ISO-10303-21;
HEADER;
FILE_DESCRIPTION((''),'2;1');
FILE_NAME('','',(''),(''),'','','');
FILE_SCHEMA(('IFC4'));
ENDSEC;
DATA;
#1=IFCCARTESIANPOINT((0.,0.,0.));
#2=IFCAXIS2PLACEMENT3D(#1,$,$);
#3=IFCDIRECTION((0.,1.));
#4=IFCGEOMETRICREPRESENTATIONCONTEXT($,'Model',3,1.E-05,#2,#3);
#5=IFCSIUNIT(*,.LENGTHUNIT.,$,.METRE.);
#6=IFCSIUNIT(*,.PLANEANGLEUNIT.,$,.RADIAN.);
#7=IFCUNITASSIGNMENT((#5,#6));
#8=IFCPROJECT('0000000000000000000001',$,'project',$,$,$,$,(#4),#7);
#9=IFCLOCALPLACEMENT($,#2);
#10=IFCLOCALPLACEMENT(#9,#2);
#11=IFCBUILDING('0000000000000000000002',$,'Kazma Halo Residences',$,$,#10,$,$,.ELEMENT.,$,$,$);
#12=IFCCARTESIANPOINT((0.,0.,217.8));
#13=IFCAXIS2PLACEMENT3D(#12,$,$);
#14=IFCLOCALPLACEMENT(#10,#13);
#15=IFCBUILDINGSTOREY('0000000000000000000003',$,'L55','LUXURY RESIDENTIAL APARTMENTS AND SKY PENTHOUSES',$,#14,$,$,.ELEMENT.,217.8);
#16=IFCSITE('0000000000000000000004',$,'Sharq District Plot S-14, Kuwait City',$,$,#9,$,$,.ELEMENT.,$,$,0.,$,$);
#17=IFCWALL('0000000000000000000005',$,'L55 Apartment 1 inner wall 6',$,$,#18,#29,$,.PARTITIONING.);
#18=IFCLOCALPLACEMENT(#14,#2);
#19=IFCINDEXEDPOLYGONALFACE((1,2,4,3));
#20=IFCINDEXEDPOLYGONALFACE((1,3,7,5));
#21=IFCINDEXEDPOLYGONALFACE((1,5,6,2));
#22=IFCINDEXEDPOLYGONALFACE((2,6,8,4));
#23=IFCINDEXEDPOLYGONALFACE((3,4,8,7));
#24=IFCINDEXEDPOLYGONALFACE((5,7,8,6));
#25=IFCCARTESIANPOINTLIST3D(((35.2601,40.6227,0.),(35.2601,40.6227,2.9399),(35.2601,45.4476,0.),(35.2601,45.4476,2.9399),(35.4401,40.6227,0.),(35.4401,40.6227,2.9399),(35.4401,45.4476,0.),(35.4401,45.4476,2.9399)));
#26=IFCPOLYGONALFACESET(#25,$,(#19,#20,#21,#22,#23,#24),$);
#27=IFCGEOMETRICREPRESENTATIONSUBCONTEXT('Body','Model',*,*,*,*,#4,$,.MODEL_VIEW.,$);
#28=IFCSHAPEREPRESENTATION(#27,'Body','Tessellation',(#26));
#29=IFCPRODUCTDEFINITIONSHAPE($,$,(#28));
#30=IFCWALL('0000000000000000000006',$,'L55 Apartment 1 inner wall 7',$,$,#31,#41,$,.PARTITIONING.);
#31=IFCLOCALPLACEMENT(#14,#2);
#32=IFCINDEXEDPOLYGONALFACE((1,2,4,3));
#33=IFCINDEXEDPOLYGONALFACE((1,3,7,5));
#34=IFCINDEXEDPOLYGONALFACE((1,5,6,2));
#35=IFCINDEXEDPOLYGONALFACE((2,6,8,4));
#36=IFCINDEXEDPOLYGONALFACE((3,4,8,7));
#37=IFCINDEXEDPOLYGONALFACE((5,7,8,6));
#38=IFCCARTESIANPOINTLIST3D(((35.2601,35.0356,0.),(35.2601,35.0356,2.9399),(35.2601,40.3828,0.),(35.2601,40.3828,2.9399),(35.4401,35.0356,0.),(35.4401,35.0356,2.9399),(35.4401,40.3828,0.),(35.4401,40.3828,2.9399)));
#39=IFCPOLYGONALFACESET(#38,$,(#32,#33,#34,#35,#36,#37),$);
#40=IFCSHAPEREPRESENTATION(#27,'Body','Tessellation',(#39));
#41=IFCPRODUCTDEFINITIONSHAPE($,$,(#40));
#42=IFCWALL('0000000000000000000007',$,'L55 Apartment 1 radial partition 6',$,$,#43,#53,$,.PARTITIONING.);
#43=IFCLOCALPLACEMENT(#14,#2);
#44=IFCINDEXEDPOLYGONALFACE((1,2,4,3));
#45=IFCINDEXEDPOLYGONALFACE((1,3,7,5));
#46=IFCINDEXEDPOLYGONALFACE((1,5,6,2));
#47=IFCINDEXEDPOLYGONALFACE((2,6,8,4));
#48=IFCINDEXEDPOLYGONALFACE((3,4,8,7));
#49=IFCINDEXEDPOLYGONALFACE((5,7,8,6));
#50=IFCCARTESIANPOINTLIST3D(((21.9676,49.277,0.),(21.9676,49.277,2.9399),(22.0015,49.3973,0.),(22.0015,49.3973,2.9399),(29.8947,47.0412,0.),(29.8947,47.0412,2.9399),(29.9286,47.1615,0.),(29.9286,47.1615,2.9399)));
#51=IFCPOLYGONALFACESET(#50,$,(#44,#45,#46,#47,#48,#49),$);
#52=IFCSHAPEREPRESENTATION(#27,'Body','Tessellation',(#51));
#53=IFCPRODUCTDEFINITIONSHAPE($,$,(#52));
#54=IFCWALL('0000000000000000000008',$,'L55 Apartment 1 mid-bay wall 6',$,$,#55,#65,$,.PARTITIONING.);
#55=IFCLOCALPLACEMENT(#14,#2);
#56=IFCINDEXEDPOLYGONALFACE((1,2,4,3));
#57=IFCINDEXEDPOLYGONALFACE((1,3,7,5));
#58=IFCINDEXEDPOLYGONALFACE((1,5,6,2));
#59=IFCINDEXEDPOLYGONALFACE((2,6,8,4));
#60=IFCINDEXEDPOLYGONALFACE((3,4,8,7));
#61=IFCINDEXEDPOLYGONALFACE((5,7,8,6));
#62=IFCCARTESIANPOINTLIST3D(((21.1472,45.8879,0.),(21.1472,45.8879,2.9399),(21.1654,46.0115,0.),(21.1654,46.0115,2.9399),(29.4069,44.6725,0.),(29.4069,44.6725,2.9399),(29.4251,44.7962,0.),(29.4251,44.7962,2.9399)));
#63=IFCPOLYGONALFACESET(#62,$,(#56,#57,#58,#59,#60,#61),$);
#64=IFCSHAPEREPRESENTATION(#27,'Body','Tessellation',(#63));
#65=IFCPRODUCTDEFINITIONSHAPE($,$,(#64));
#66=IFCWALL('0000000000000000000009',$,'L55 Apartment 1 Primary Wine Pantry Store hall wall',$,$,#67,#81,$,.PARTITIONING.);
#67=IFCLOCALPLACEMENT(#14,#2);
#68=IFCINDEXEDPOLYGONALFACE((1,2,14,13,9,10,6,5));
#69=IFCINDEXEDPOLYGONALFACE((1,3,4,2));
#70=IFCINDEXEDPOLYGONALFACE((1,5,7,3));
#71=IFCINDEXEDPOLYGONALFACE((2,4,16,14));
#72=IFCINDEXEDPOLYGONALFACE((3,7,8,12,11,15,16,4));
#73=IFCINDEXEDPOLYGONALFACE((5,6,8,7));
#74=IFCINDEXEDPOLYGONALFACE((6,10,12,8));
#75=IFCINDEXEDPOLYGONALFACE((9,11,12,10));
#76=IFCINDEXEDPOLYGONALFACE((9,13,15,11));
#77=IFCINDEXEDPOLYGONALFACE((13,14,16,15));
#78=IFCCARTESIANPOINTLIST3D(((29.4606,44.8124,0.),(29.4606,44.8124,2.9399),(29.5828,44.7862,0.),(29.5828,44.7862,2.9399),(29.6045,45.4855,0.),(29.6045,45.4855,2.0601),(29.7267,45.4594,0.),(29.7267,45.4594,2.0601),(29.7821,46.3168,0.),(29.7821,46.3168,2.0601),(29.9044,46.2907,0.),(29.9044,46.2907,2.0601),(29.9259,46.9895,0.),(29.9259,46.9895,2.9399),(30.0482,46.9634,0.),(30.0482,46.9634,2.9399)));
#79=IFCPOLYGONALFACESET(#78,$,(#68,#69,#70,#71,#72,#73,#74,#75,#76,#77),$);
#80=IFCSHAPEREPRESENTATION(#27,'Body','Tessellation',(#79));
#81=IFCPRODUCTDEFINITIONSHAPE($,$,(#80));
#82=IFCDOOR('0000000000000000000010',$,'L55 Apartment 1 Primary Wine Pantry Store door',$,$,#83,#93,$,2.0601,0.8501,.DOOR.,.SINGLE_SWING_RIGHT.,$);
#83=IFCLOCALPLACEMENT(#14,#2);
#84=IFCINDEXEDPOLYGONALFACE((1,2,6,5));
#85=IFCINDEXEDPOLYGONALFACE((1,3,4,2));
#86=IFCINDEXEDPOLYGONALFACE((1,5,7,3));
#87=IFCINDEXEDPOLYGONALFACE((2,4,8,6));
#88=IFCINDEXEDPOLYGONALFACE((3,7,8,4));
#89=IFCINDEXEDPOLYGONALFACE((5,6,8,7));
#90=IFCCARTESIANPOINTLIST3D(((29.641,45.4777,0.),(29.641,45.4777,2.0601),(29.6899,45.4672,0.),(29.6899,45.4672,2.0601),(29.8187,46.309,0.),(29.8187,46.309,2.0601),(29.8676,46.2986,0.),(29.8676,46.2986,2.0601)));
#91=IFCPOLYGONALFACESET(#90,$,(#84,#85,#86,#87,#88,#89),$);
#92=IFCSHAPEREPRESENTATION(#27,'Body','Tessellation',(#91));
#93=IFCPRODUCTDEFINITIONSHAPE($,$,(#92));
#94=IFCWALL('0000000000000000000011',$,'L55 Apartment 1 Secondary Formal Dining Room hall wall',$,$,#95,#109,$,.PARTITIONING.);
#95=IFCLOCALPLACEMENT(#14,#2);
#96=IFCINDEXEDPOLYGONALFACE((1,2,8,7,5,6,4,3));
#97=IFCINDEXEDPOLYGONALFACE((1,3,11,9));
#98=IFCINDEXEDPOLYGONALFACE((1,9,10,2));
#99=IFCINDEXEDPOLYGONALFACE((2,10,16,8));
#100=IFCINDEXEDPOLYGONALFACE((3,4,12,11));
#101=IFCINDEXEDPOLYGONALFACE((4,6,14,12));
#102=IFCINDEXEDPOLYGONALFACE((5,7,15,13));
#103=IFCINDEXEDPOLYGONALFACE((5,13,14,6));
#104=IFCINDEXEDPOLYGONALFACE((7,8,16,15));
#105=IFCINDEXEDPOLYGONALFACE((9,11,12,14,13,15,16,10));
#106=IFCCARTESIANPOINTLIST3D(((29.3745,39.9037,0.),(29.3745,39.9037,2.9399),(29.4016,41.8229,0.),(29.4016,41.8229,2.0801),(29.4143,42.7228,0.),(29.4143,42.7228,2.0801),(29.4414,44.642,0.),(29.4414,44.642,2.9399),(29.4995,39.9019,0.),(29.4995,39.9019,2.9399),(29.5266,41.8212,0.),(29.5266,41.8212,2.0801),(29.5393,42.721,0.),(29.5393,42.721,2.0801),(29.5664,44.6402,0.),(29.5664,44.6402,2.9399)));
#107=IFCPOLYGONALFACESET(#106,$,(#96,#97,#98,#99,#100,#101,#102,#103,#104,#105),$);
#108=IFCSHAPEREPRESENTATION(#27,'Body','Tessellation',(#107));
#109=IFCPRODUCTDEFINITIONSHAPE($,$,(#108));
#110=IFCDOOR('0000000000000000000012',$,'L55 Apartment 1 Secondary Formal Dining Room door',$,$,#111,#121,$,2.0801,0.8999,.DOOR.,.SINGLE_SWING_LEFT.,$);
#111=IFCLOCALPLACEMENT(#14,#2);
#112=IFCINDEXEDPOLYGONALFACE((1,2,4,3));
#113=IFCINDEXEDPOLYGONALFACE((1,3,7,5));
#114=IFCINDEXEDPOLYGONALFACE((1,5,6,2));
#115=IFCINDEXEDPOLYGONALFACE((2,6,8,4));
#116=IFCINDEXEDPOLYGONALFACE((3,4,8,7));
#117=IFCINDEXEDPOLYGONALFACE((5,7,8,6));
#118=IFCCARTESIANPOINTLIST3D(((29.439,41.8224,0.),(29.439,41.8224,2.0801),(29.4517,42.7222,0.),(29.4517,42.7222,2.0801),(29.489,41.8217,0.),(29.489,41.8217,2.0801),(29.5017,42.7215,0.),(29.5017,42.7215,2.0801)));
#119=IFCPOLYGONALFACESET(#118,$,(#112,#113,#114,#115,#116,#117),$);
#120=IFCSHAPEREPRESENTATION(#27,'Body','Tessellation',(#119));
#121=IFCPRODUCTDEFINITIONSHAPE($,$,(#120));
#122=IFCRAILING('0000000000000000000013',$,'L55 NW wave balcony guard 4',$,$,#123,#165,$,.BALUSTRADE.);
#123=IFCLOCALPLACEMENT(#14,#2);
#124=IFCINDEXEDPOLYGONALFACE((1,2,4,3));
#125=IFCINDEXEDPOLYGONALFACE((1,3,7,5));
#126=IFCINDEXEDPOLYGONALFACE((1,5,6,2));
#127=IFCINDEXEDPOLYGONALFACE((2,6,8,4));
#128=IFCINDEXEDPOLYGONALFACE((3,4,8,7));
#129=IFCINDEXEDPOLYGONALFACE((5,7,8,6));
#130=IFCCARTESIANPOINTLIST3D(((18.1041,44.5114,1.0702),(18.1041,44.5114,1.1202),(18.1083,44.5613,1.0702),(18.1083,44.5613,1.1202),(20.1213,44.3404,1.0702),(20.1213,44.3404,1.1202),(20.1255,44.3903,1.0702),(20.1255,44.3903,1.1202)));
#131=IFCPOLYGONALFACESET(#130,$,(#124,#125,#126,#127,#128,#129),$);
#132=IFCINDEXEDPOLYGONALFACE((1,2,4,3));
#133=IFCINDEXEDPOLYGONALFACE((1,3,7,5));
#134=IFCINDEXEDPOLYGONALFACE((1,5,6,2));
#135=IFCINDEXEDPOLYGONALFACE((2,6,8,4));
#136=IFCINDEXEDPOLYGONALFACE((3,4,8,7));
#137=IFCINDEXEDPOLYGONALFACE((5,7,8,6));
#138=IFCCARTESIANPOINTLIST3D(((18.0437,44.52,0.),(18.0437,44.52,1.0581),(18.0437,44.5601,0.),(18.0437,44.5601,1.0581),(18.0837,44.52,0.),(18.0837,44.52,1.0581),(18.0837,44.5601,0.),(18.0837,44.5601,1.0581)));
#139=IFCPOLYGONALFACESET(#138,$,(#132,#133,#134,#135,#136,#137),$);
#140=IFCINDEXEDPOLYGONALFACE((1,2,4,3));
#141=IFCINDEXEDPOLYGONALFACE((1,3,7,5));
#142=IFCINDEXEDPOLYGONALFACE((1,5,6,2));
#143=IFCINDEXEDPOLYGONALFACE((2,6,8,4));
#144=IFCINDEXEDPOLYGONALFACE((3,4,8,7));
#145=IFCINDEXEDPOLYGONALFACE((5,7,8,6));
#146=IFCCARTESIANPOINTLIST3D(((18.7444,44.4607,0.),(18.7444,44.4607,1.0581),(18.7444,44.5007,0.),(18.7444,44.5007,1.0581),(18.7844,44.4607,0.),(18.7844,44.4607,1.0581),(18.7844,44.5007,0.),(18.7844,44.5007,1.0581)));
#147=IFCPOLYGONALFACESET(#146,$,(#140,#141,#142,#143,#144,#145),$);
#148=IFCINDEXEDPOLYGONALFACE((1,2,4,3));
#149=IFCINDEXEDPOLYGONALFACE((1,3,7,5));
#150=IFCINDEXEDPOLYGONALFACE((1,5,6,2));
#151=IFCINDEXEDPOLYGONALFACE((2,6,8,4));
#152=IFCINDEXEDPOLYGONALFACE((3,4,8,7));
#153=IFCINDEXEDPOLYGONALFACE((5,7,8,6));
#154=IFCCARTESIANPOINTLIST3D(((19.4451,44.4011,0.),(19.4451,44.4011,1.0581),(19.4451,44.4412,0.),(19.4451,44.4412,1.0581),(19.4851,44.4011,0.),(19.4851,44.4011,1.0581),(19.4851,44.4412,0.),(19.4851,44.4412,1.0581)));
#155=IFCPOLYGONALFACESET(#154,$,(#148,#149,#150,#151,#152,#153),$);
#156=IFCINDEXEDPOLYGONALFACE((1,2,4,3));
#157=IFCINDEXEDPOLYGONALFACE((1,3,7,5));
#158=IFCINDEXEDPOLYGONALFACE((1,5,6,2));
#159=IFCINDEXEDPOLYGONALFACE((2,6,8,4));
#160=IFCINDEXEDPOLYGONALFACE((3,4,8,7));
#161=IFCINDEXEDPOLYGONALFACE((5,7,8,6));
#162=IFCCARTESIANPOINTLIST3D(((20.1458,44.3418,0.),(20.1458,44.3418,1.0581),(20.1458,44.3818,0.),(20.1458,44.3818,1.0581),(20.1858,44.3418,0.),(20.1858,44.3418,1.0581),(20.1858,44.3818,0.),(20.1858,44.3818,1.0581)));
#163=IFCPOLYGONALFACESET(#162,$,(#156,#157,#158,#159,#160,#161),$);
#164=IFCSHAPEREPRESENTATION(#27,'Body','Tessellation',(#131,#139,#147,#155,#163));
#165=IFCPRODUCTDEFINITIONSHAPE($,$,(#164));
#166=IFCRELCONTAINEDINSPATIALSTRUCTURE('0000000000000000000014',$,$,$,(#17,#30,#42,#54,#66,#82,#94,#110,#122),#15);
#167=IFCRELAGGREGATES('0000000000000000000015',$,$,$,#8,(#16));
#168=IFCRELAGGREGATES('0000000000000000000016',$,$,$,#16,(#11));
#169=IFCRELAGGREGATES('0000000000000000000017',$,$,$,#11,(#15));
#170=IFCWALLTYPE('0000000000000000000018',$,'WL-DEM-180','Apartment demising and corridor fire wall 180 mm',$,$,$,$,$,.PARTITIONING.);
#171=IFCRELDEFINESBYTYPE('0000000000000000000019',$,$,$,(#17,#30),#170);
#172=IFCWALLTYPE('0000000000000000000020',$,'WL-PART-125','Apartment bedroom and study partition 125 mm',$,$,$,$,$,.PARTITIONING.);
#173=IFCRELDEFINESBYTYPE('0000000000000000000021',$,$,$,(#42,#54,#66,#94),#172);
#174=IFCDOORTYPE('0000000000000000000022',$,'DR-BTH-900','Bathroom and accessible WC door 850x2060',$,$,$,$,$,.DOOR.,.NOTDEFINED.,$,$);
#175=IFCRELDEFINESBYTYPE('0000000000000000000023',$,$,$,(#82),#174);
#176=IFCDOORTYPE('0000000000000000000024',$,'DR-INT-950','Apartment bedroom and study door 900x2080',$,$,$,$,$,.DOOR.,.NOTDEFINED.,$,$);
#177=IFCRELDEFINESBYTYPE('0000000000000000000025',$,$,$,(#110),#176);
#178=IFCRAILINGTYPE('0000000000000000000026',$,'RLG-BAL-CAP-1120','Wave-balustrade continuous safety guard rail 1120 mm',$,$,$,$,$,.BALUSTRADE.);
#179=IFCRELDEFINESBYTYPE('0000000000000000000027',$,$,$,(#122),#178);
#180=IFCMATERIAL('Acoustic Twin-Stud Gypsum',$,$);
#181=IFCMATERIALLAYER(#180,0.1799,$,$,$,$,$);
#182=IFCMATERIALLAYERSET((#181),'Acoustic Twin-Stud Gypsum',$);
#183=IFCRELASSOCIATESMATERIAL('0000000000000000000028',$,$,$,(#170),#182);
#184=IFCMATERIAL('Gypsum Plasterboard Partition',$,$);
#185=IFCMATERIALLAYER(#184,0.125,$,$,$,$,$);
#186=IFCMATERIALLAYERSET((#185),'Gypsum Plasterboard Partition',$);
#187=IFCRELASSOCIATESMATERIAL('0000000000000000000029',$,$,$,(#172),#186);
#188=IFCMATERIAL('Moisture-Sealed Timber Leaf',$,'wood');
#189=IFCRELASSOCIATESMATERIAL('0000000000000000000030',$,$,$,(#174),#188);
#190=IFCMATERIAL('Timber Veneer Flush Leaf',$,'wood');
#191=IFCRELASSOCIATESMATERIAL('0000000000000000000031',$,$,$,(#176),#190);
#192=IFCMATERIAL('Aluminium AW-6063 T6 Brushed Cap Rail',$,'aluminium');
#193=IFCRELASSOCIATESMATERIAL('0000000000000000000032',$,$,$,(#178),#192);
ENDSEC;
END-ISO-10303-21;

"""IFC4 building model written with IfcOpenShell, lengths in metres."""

from ifc_helpers import new_model, si_unit, direction, frame, frame_2d, origin, origin_2d, place, context, subcontext, project, spatial, rectangle, extrude, material, layer, layer_set, type_object, element, fill, save


model = new_model("IFC4")

# Units and contexts
model_context = context("Model", 3, precision=1e-05, world=origin(), true_north=direction((0.0, 1.0)))
body_context = subcontext(model_context, "Body", "Model", "MODEL_VIEW")
ifc_project = project(units=[si_unit("LENGTHUNIT", "METRE"), si_unit("PLANEANGLEUNIT", "RADIAN")], contexts=[model_context])

# Site, building, storey
site_placement = place(None, origin())
site = spatial("IfcSite", under=ifc_project, at=site_placement, Name="Sharq District Plot S-14, Kuwait City", CompositionType="ELEMENT", RefElevation=0.0)
building_placement = place(site_placement, origin())
building = spatial("IfcBuilding", under=site, at=building_placement, Name="Kazma Halo Residences", CompositionType="ELEMENT")
storey_placement = place(building_placement, frame((0.0, 0.0, 217.8)))
storey = spatial("IfcBuildingStorey", under=building, at=storey_placement, Name="L55", Description="LUXURY RESIDENTIAL APARTMENTS AND SKY PENTHOUSES", CompositionType="ELEMENT", Elevation=217.8)

# Walls
ifc_material_1 = material(Name="Acoustic Twin-Stud Gypsum")
ifc_layer_1 = layer(ifc_material_1, 0.1799)
ifc_layer_set_1 = layer_set([ifc_layer_1], Name="Acoustic Twin-Stud Gypsum")
wall_type_1 = type_object("IfcWallType", Name="WL-DEM-180", Description="Apartment demising and corridor fire wall 180 mm", PredefinedType="PARTITIONING", material=ifc_layer_set_1)
wall_1_placement = place(storey_placement, frame((35.3501, 45.4478, 0.0), z_axis=(0.0, 0.0, 1.0), x_axis=(0.0, -1.0, 0.0)))
element("IfcWall", 1, at=wall_1_placement, inside=storey, type_object=wall_type_1, Name="L55 Apartment 1 inner wall 6", PredefinedType="PARTITIONING", context=body_context, shape_type="SweptSolid", body=[
    extrude(rectangle(XDim=4.825, YDim=0.1799, at=frame_2d((2.4126, 0.0))), origin(), (0.0, 0.0, 1.0), 2.9399),
])
wall_2_placement = place(storey_placement, frame((35.3501, 40.3828, 0.0), z_axis=(0.0, 0.0, 1.0), x_axis=(0.0, -1.0, 0.0)))
element("IfcWall", 2, at=wall_2_placement, inside=storey, type_object=wall_type_1, Name="L55 Apartment 1 inner wall 7", PredefinedType="PARTITIONING", context=body_context, shape_type="SweptSolid", body=[
    extrude(rectangle(XDim=5.3472, YDim=0.1799, at=frame_2d((2.6736, 0.0))), origin(), (0.0, 0.0, 1.0), 2.9399),
])
ifc_material_2 = material(Name="Gypsum Plasterboard Partition")
ifc_layer_2 = layer(ifc_material_2, 0.125)
ifc_layer_set_2 = layer_set([ifc_layer_2], Name="Gypsum Plasterboard Partition")
wall_type_2 = type_object("IfcWallType", Name="WL-PART-125", Description="Apartment bedroom and study partition 125 mm", PredefinedType="PARTITIONING", material=ifc_layer_set_2)
wall_3_placement = place(storey_placement, frame((29.9116, 47.1013, 0.0), z_axis=(0.0, 0.0, 1.0), x_axis=(-0.962449, 0.271462, 0.0)))
element("IfcWall", 3, at=wall_3_placement, inside=storey, type_object=wall_type_2, Name="L55 Apartment 1 radial partition 6", PredefinedType="PARTITIONING", context=body_context, shape_type="SweptSolid", body=[
    extrude(rectangle(XDim=8.2363, YDim=0.125, at=frame_2d((4.1182, 0.0))), origin(), (0.0, 0.0, 1.0), 2.9399),
])
wall_4_placement = place(storey_placement, frame((29.416, 44.7344, 0.0), z_axis=(0.0, 0.0, 1.0), x_axis=(-0.989348, 0.145571, 0.0)))
element("IfcWall", 4, at=wall_4_placement, inside=storey, type_object=wall_type_2, Name="L55 Apartment 1 mid-bay wall 6", PredefinedType="PARTITIONING", context=body_context, shape_type="SweptSolid", body=[
    extrude(rectangle(XDim=8.3486, YDim=0.125, at=frame_2d((4.1743, 0.0))), origin(), (0.0, 0.0, 1.0), 2.9399),
])

# Walls, openings, doors
wall_5_placement = place(storey_placement, frame((29.9871, 46.9766, 0.0), z_axis=(0.0, 0.0, 1.0), x_axis=(-0.209005, -0.977915, 0.0)))
wall_5 = element("IfcWall", 5, at=wall_5_placement, inside=storey, type_object=wall_type_2, Name="L55 Apartment 1 Primary Wine Pantry Store hall wall", PredefinedType="PARTITIONING", context=body_context, shape_type="SweptSolid", body=[
    extrude(rectangle(XDim=2.2263, YDim=0.125, at=frame_2d((1.1133, 0.0))), origin(), (0.0, 0.0, 1.0), 2.9399),
])
opening_1_placement = place(wall_5_placement, frame((0.688, 0.0, 0.0)))
opening_1 = element("IfcOpeningElement", 6, at=opening_1_placement, cuts=wall_5, PredefinedType="OPENING", context=body_context, shape_type="SweptSolid", body=[
    extrude(rectangle(XDim=0.8501, YDim=2.0601, at=frame_2d((0.425, 1.03))), frame((0.0, 0.0725, 0.0), z_axis=(0.0, -1.0, 0.0), x_axis=(1.0, 0.0, 0.0)), (0.0, 0.0, 1.0), 0.145),
])
ifc_material_3 = material(Name="Moisture-Sealed Timber Leaf", Category="wood")
door_type_1 = type_object("IfcDoorType", Name="DR-BTH-900", Description="Bathroom and accessible WC door 850x2060", OperationType="NOTDEFINED", PredefinedType="DOOR", material=ifc_material_3)
door_1_placement = place(opening_1_placement, origin())
door_1 = element("IfcDoor", 7, at=door_1_placement, inside=storey, type_object=door_type_1, Name="L55 Apartment 1 Primary Wine Pantry Store door", OperationType="SINGLE_SWING_RIGHT", OverallHeight=2.0601, OverallWidth=0.8501, PredefinedType="DOOR", context=body_context, shape_type="SweptSolid", body=[
    extrude(rectangle(XDim=0.8501, YDim=2.0601, at=frame_2d((0.425, 1.03))), frame((0.0, 0.0249, 0.0), z_axis=(0.0, -1.0, 0.0), x_axis=(1.0, 0.0, 0.0)), (0.0, 0.0, 1.0), 0.05),
])
fill(opening_1, door_1)
wall_6_placement = place(storey_placement, frame((29.5039, 44.6411, 0.0), z_axis=(0.0, 0.0, 1.0), x_axis=(-0.014116, -0.9999, 0.0)))
wall_6 = element("IfcWall", 8, at=wall_6_placement, inside=storey, type_object=wall_type_2, Name="L55 Apartment 1 Secondary Formal Dining Room hall wall", PredefinedType="PARTITIONING", context=body_context, shape_type="SweptSolid", body=[
    extrude(rectangle(XDim=4.7388, YDim=0.125, at=frame_2d((2.3694, 0.0))), origin(), (0.0, 0.0, 1.0), 2.9399),
])
opening_2_placement = place(wall_6_placement, frame((1.9194, 0.0, 0.0)))
opening_2 = element("IfcOpeningElement", 9, at=opening_2_placement, cuts=wall_6, PredefinedType="OPENING", context=body_context, shape_type="SweptSolid", body=[
    extrude(rectangle(XDim=0.8999, YDim=2.0801, at=frame_2d((0.45, 1.04))), frame((0.0, 0.0725, 0.0), z_axis=(0.0, -1.0, 0.0), x_axis=(1.0, 0.0, 0.0)), (0.0, 0.0, 1.0), 0.145),
])
ifc_material_4 = material(Name="Timber Veneer Flush Leaf", Category="wood")
door_type_2 = type_object("IfcDoorType", Name="DR-INT-950", Description="Apartment bedroom and study door 900x2080", OperationType="NOTDEFINED", PredefinedType="DOOR", material=ifc_material_4)
door_2_placement = place(opening_2_placement, origin())
door_2 = element("IfcDoor", 10, at=door_2_placement, inside=storey, type_object=door_type_2, Name="L55 Apartment 1 Secondary Formal Dining Room door", OperationType="SINGLE_SWING_LEFT", OverallHeight=2.0801, OverallWidth=0.8999, PredefinedType="DOOR", context=body_context, shape_type="SweptSolid", body=[
    extrude(rectangle(XDim=0.8999, YDim=2.0801, at=frame_2d((0.45, 1.04))), frame((0.0, 0.0249, 0.0), z_axis=(0.0, -1.0, 0.0), x_axis=(1.0, 0.0, 0.0)), (0.0, 0.0, 1.0), 0.05),
])
fill(opening_2, door_2)

# Railing
ifc_material_5 = material(Name="Aluminium AW-6063 T6 Brushed Cap Rail", Category="aluminium")
railing_type = type_object("IfcRailingType", Name="RLG-BAL-CAP-1120", Description="Wave-balustrade continuous safety guard rail 1120 mm", PredefinedType="BALUSTRADE", material=ifc_material_5)
railing_placement = place(storey_placement, frame((18.0637, 44.54, 0.0)))
element("IfcRailing", 11, at=railing_placement, inside=storey, type_object=railing_type, Name="L55 NW wave balcony guard 4", PredefinedType="BALUSTRADE", context=body_context, shape_type="SweptSolid", body=[
    extrude(rectangle(XDim=0.05, YDim=0.05, at=origin_2d()), frame((0.0425, -0.0037, 1.0952), z_axis=(0.996425, -0.084482, 0.0), x_axis=(0.084482, 0.996425, 0.0)), (0.0, 0.0, 1.0), 2.0244),
    extrude(rectangle(XDim=0.04, YDim=0.04, at=origin_2d()), origin(), (0.0, 0.0, 1.0), 1.0581),
    extrude(rectangle(XDim=0.04, YDim=0.04, at=origin_2d()), frame((0.7007, -0.0593, 0.0)), (0.0, 0.0, 1.0), 1.0581),
    extrude(rectangle(XDim=0.04, YDim=0.04, at=origin_2d()), frame((1.4014, -0.1189, 0.0)), (0.0, 0.0, 1.0), 1.0581),
    extrude(rectangle(XDim=0.04, YDim=0.04, at=origin_2d()), frame((2.1021, -0.1782, 0.0)), (0.0, 0.0, 1.0), 1.0581),
])

save(model, "model.ifc")
